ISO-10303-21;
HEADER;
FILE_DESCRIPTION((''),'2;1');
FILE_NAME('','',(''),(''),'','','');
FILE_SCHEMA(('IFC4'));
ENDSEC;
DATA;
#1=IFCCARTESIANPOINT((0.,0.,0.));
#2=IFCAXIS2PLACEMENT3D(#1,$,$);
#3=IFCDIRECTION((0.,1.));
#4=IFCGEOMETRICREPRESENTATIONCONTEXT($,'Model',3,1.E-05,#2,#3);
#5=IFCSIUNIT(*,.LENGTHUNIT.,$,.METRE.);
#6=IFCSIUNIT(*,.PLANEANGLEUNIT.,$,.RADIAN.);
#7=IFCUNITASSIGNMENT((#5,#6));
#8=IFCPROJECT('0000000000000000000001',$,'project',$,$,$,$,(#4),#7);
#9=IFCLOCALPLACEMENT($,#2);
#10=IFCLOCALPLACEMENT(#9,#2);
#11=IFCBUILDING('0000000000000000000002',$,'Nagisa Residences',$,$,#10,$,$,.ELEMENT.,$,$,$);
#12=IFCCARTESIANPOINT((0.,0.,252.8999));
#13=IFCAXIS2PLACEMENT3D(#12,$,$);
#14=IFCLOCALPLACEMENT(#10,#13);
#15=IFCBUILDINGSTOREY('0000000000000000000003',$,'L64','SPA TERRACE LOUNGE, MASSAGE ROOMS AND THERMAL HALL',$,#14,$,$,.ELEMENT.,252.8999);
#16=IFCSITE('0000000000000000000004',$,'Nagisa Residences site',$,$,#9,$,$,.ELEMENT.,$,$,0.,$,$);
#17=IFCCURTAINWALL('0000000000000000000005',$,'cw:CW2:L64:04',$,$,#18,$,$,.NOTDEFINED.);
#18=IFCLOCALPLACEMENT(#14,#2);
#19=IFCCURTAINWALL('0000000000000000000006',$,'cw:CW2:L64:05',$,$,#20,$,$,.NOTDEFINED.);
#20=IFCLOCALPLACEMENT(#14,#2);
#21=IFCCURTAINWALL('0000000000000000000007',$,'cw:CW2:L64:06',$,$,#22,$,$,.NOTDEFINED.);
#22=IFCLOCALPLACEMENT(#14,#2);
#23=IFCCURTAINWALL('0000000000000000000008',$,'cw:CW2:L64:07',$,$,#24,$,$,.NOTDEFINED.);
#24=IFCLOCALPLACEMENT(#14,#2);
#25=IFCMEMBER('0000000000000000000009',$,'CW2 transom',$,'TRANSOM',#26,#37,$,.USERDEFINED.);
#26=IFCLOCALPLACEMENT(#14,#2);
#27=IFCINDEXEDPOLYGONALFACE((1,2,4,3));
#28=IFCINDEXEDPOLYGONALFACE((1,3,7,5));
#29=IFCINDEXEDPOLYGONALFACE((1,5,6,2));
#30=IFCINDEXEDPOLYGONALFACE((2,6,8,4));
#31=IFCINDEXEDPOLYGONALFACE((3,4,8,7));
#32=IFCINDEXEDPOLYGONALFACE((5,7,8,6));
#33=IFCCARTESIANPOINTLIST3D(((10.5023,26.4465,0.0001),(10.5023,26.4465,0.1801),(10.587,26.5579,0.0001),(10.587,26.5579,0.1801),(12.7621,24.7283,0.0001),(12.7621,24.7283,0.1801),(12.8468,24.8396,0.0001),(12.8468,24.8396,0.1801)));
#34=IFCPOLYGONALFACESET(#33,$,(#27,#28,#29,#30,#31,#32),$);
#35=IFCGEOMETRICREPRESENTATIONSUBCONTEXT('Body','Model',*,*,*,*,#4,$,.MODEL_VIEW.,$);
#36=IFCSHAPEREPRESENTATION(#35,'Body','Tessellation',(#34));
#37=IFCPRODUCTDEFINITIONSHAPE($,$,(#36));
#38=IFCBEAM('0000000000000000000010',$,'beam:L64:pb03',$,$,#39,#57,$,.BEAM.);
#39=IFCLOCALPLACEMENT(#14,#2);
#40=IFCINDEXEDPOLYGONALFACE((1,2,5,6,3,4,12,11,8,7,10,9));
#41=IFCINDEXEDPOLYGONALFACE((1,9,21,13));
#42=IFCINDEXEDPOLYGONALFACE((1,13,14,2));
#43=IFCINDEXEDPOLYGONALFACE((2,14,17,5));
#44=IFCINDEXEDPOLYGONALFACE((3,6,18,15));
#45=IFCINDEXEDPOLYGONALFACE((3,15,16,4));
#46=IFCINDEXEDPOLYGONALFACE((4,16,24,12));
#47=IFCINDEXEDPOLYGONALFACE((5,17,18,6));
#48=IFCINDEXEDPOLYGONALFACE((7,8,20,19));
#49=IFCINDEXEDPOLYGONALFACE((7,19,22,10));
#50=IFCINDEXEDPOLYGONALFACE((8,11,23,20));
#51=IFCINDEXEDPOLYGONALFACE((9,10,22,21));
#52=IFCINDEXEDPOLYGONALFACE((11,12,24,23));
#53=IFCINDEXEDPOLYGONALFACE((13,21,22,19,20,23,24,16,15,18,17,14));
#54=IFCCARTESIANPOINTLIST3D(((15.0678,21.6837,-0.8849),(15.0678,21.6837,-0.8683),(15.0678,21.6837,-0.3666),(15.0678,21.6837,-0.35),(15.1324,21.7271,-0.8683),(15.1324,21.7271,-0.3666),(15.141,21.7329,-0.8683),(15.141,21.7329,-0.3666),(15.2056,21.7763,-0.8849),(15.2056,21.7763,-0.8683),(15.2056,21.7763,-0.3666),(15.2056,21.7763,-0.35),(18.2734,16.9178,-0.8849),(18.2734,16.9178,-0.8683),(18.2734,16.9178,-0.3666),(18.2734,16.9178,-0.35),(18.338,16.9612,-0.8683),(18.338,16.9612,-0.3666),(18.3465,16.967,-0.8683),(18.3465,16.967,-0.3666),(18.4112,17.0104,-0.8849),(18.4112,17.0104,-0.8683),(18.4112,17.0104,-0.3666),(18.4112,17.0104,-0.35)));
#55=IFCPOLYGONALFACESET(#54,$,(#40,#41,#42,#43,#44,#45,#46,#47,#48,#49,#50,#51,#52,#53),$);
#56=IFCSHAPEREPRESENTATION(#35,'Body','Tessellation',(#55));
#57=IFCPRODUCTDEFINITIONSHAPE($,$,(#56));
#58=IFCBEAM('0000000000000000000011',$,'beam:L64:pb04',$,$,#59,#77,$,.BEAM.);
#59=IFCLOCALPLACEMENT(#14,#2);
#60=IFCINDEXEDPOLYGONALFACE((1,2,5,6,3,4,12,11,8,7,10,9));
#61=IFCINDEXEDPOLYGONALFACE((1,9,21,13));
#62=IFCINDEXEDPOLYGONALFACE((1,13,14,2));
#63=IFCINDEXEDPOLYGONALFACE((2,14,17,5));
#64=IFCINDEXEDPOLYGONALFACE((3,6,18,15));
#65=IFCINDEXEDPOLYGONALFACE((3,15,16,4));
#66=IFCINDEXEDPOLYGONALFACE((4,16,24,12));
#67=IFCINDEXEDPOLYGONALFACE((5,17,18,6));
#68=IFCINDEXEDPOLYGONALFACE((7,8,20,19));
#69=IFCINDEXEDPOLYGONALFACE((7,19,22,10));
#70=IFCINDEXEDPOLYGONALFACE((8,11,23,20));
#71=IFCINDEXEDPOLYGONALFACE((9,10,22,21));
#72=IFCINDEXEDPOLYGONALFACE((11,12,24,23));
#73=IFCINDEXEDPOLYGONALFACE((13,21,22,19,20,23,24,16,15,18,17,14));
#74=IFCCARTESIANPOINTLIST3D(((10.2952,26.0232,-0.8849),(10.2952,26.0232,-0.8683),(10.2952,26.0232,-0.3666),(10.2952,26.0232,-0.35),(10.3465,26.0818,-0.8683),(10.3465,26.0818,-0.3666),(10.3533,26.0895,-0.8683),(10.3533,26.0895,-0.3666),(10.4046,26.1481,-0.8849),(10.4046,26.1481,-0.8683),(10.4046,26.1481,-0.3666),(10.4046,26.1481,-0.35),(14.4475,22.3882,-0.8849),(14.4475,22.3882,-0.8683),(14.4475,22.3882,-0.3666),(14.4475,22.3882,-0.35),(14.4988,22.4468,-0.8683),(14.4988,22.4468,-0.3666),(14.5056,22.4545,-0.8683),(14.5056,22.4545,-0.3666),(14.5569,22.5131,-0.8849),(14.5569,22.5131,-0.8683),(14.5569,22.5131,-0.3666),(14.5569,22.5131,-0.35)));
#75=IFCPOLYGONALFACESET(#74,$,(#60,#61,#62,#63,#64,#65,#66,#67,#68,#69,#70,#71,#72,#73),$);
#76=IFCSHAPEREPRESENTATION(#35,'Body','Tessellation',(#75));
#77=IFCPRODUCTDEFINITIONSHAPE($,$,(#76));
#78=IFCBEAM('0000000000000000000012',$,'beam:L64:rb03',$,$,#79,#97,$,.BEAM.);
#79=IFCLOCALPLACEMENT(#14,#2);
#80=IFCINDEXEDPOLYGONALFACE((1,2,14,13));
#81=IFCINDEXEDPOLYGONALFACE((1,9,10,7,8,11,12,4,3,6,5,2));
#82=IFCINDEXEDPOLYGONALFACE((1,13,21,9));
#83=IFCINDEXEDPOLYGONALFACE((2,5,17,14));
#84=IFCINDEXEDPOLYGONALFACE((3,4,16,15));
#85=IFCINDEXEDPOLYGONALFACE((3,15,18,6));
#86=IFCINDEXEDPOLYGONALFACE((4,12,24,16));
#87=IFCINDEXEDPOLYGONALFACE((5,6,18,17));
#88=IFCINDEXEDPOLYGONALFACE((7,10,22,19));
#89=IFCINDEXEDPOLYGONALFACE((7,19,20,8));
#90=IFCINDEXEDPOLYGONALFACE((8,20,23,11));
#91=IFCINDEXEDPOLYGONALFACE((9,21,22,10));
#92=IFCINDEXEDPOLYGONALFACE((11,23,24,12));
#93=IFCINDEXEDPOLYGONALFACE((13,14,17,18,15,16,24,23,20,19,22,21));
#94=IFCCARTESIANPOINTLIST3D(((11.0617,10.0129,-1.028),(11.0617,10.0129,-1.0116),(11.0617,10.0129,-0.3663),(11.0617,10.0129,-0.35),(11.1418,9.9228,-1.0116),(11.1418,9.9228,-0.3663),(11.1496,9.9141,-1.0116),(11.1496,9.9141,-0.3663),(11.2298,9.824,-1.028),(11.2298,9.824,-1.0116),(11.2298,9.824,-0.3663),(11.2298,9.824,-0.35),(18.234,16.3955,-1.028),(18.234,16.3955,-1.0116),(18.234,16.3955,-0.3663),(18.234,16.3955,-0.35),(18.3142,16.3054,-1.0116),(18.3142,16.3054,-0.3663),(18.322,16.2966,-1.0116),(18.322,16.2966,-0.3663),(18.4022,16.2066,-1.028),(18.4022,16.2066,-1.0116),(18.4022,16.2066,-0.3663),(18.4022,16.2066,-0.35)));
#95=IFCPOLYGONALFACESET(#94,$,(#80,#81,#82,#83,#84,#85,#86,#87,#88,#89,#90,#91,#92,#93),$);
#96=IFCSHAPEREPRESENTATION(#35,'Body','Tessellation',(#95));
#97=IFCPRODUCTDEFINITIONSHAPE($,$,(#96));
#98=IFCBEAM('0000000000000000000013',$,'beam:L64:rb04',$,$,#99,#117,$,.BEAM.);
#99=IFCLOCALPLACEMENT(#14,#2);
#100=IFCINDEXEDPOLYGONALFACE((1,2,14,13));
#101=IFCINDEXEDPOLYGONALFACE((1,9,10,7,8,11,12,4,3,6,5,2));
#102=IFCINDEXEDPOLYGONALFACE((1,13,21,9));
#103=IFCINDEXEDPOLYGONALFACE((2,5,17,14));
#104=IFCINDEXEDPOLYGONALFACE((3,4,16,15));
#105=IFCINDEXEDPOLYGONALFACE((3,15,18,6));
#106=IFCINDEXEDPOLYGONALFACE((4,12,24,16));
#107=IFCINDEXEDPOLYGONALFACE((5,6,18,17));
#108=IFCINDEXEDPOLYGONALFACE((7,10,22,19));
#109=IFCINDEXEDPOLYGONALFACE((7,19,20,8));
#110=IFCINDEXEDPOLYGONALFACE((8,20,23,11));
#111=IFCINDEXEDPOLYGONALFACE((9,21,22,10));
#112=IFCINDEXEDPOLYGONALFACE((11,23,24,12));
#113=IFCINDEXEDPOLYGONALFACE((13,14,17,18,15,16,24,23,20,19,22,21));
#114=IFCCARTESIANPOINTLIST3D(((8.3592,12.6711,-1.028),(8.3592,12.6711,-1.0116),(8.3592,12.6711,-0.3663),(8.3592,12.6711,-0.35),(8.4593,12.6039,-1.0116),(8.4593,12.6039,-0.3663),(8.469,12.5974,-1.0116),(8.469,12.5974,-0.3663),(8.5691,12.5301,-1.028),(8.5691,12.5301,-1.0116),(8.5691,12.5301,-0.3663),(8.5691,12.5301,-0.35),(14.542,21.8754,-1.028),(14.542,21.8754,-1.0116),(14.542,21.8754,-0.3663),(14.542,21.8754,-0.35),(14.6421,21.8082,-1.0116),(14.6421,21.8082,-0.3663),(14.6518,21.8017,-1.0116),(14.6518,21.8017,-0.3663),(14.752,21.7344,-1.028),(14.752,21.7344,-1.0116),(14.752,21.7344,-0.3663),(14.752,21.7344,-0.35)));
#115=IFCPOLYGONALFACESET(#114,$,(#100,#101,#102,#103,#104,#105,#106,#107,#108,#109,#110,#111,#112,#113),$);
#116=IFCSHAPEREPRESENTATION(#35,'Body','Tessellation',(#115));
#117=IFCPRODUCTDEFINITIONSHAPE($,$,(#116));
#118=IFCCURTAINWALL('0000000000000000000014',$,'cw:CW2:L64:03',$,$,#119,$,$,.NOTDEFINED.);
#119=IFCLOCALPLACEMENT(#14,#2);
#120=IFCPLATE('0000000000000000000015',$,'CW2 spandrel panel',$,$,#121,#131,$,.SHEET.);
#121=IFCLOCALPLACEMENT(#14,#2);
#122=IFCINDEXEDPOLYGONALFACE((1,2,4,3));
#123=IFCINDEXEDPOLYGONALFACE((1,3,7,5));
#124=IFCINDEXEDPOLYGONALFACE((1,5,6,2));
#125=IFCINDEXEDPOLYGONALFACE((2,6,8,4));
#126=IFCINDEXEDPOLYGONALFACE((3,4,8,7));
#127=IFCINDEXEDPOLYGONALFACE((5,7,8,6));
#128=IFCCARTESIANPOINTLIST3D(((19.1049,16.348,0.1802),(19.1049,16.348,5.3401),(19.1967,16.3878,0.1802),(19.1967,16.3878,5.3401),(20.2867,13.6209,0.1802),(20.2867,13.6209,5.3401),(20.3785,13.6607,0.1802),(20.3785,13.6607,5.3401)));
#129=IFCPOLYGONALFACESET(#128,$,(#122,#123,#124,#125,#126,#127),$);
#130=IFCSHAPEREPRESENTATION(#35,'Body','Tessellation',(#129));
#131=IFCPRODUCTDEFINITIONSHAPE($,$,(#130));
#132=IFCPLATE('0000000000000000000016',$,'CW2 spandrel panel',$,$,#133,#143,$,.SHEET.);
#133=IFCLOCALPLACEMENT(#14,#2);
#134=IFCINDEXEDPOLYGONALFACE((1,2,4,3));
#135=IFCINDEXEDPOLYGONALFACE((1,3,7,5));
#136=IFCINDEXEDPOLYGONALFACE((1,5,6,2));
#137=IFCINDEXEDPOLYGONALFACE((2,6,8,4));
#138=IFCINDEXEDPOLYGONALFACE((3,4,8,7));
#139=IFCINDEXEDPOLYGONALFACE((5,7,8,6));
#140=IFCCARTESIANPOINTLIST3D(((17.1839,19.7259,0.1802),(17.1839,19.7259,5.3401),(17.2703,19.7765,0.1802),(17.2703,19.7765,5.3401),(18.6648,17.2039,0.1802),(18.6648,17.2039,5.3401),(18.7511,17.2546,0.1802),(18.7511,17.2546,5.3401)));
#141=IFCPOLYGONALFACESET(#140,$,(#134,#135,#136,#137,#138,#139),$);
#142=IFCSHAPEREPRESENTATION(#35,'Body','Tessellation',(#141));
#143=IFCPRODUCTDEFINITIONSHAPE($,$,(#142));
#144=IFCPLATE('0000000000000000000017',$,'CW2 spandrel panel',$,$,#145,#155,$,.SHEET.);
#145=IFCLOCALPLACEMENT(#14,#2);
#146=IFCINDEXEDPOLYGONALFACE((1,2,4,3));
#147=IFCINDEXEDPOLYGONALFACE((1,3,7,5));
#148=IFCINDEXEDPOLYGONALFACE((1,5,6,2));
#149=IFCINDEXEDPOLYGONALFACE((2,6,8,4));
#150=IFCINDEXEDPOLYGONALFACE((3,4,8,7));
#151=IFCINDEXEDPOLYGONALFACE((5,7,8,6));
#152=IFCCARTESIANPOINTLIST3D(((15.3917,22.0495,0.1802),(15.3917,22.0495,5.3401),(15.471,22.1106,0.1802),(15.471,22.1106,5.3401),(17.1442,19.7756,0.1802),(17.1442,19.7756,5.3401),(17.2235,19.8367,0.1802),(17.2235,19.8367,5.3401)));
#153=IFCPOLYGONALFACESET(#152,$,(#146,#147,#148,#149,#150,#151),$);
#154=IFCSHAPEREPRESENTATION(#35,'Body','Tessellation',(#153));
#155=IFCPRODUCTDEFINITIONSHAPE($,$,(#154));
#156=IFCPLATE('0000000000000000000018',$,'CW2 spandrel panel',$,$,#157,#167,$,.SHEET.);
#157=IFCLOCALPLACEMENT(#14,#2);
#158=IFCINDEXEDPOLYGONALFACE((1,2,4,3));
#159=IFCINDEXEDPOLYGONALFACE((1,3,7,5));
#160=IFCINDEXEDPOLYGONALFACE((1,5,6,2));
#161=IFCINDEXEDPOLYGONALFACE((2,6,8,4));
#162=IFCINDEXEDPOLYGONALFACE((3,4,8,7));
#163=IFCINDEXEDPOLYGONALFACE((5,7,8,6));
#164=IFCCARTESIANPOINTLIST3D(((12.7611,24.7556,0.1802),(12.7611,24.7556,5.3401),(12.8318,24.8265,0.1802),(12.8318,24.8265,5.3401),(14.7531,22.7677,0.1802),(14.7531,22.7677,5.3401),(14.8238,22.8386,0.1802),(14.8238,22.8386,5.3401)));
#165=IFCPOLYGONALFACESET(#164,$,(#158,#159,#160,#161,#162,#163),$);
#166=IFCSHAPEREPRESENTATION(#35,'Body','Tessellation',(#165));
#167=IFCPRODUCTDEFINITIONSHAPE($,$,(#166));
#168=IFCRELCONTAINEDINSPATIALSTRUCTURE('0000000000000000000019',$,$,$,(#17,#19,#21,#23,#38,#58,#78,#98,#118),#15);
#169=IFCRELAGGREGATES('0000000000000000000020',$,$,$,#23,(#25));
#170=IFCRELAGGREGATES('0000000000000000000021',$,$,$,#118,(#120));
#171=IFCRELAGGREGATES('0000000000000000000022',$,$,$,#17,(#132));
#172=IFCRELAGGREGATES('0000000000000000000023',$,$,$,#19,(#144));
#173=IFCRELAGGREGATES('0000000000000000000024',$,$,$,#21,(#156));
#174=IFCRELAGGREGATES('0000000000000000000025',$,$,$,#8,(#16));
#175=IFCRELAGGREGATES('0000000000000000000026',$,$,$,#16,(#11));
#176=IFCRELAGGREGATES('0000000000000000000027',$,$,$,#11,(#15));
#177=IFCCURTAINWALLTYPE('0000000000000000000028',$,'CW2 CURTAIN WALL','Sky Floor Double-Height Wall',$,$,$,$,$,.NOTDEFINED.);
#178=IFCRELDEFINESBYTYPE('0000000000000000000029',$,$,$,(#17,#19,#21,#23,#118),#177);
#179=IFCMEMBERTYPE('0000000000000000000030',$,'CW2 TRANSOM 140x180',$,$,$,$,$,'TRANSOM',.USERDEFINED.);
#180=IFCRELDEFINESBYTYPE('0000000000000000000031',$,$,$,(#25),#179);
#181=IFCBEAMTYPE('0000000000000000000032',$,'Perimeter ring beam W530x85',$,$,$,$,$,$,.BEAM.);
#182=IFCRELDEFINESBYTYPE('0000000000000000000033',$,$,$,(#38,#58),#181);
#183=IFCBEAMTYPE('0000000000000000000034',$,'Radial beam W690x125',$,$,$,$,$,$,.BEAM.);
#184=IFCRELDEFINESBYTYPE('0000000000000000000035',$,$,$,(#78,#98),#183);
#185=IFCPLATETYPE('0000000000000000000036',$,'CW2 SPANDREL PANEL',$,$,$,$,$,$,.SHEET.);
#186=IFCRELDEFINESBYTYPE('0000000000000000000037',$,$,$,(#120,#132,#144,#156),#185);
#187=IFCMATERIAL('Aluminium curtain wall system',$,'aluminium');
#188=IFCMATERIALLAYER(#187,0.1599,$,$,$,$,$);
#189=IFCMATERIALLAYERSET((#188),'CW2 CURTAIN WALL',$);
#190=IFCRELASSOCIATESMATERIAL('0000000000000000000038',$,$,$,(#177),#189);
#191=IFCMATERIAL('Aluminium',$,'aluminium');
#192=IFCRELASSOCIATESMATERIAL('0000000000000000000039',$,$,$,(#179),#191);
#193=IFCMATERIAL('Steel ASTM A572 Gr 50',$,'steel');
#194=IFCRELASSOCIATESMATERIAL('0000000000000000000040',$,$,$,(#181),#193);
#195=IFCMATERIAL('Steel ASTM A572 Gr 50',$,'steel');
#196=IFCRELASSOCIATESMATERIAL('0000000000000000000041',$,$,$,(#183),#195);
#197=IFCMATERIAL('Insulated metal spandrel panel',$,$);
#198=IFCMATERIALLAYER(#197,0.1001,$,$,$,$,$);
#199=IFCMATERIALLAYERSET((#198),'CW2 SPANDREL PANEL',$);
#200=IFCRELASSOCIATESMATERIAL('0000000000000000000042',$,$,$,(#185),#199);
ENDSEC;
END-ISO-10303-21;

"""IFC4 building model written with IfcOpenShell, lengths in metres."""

from ifc_helpers import new_model, si_unit, direction, frame, origin, origin_2d, place, context, subcontext, project, spatial, rectangle, i_section, extrude, material, layer, layer_set, material_profile, profile_set, type_object, element, aggregate, save


model = new_model("IFC4")

# Units and contexts
model_context = context("Model", 3, precision=1e-05, world=origin(), true_north=direction((0.0, 1.0)))
body_context = subcontext(model_context, "Body", "Model", "MODEL_VIEW")
ifc_project = project(units=[si_unit("LENGTHUNIT", "METRE"), si_unit("PLANEANGLEUNIT", "RADIAN")], contexts=[model_context])

# Site, building, storey
site_placement = place(None, origin())
site = spatial("IfcSite", under=ifc_project, at=site_placement, Name="Nagisa Residences site", CompositionType="ELEMENT", RefElevation=0.0)
building_placement = place(site_placement, origin())
building = spatial("IfcBuilding", under=site, at=building_placement, Name="Nagisa Residences", CompositionType="ELEMENT")
storey_placement = place(building_placement, frame((0.0, 0.0, 252.8999)))
storey = spatial("IfcBuildingStorey", under=building, at=storey_placement, Name="L64", Description="SPA TERRACE LOUNGE, MASSAGE ROOMS AND THERMAL HALL", CompositionType="ELEMENT", Elevation=252.8999)

# Curtain walls
ifc_material_1 = material(Name="Aluminium curtain wall system", Category="aluminium")
ifc_layer_1 = layer(ifc_material_1, 0.1599)
ifc_layer_set_1 = layer_set([ifc_layer_1], Name="CW2 CURTAIN WALL")
curtain_wall_type = type_object("IfcCurtainWallType", Name="CW2 CURTAIN WALL", Description="Sky Floor Double-Height Wall", PredefinedType="NOTDEFINED", material=ifc_layer_set_1)
curtain_wall_1_placement = place(storey_placement, origin())
curtain_wall_1 = element("IfcCurtainWall", 1, at=curtain_wall_1_placement, inside=storey, type_object=curtain_wall_type, Name="cw:CW2:L64:04", PredefinedType="NOTDEFINED")
curtain_wall_2_placement = place(storey_placement, origin())
curtain_wall_2 = element("IfcCurtainWall", 2, at=curtain_wall_2_placement, inside=storey, type_object=curtain_wall_type, Name="cw:CW2:L64:05", PredefinedType="NOTDEFINED")
curtain_wall_3_placement = place(storey_placement, origin())
curtain_wall_3 = element("IfcCurtainWall", 3, at=curtain_wall_3_placement, inside=storey, type_object=curtain_wall_type, Name="cw:CW2:L64:06", PredefinedType="NOTDEFINED")

# Shared definitions
ifc_material_2 = material(Name="Aluminium", Category="aluminium")
ifc_material_profile_1 = material_profile(ifc_material_2, rectangle(XDim=0.1399, YDim=0.1799, at=origin_2d()), Name="CW2 TRANSOM 140x180")
ifc_profile_set_1 = profile_set([ifc_material_profile_1], Name="Aluminium")
member_type_1 = type_object("IfcMemberType", Name="CW2 TRANSOM 140x180", ElementType="TRANSOM", PredefinedType="USERDEFINED", material=ifc_profile_set_1)

# Curtain wall, member
curtain_wall_4_placement = place(storey_placement, origin())
curtain_wall_4 = element("IfcCurtainWall", 4, at=curtain_wall_4_placement, inside=storey, type_object=curtain_wall_type, Name="cw:CW2:L64:07", PredefinedType="NOTDEFINED")
member_1_placement = place(storey_placement, frame((12.8044, 24.7839, 0.0901), z_axis=(-0.79602, 0.605271, 0.0), x_axis=(-0.605271, -0.79602, 0.0)))
member_1 = element("IfcMember", 5, at=member_1_placement, type_object=member_type_1, Name="CW2 transom", ObjectType="TRANSOM", PredefinedType="USERDEFINED", context=body_context, shape_type="SweptSolid", body=[
    extrude(rectangle(XDim=0.1399, YDim=0.1799, at=origin_2d()), origin(), (0.0, 0.0, 1.0), 2.8389),
])
aggregate(curtain_wall_4, [member_1])

# Beams
ifc_material_3 = material(Name="Steel ASTM A572 Gr 50", Category="steel")
ifc_material_profile_2 = material_profile(ifc_material_3, i_section(OverallWidth=0.166, OverallDepth=0.5349, WebThickness=0.0103, FlangeThickness=0.0166, at=origin_2d()), Name="W530x85")
ifc_profile_set_2 = profile_set([ifc_material_profile_2], Name="Steel ASTM A572 Gr 50")
beam_type_1 = type_object("IfcBeamType", Name="Perimeter ring beam W530x85", PredefinedType="BEAM", material=ifc_profile_set_2)
beam_1_placement = place(storey_placement, frame((18.3423, 16.9641, -0.6174), z_axis=(-0.558109, 0.829768, 0.0), x_axis=(-0.829768, -0.558109, 0.0)))
element("IfcBeam", 6, at=beam_1_placement, inside=storey, type_object=beam_type_1, Name="beam:L64:pb03", PredefinedType="BEAM", context=body_context, shape_type="SweptSolid", body=[
    extrude(i_section(OverallWidth=0.166, OverallDepth=0.5349, WebThickness=0.0103, FlangeThickness=0.0166, at=origin_2d()), origin(), (0.0, 0.0, 1.0), 5.7437),
])
beam_2_placement = place(storey_placement, frame((14.5022, 22.4507, -0.6174), z_axis=(-0.752423, 0.65868, 0.0), x_axis=(-0.65868, -0.752423, 0.0)))
element("IfcBeam", 7, at=beam_2_placement, inside=storey, type_object=beam_type_1, Name="beam:L64:pb04", PredefinedType="BEAM", context=body_context, shape_type="SweptSolid", body=[
    extrude(i_section(OverallWidth=0.166, OverallDepth=0.5349, WebThickness=0.0103, FlangeThickness=0.0166, at=origin_2d()), origin(), (0.0, 0.0, 1.0), 5.5186),
])
ifc_material_4 = material(Name="Steel ASTM A572 Gr 50", Category="steel")
ifc_material_profile_3 = material_profile(ifc_material_4, i_section(OverallWidth=0.2529, OverallDepth=0.678, WebThickness=0.0117, FlangeThickness=0.0164, at=origin_2d()), Name="W690x125")
ifc_profile_set_3 = profile_set([ifc_material_profile_3], Name="Steel ASTM A572 Gr 50")
beam_type_2 = type_object("IfcBeamType", Name="Radial beam W690x125", PredefinedType="BEAM", material=ifc_profile_set_3)
beam_3_placement = place(storey_placement, frame((18.3181, 16.301, -0.689), z_axis=(-0.74704, -0.664779, 0.0), x_axis=(0.664779, -0.74704, 0.0)))
element("IfcBeam", 8, at=beam_3_placement, inside=storey, type_object=beam_type_2, Name="beam:L64:rb03", PredefinedType="BEAM", context=body_context, shape_type="SweptSolid", body=[
    extrude(i_section(OverallWidth=0.2529, OverallDepth=0.678, WebThickness=0.0117, FlangeThickness=0.0164, at=origin_2d()), origin(), (0.0, 0.0, 1.0), 9.6011),
])
beam_4_placement = place(storey_placement, frame((14.647, 21.8049, -0.689), z_axis=(-0.557608, -0.830104, 0.0), x_axis=(0.830104, -0.557608, 0.0)))
element("IfcBeam", 9, at=beam_4_placement, inside=storey, type_object=beam_type_2, Name="beam:L64:rb04", PredefinedType="BEAM", context=body_context, shape_type="SweptSolid", body=[
    extrude(i_section(OverallWidth=0.2529, OverallDepth=0.678, WebThickness=0.0117, FlangeThickness=0.0164, at=origin_2d()), origin(), (0.0, 0.0, 1.0), 11.0881),
])

# Curtain wall, plate
curtain_wall_5_placement = place(storey_placement, origin())
curtain_wall_5 = element("IfcCurtainWall", 10, at=curtain_wall_5_placement, inside=storey, type_object=curtain_wall_type, Name="cw:CW2:L64:03", PredefinedType="NOTDEFINED")
ifc_material_5 = material(Name="Insulated metal spandrel panel")
ifc_layer_2 = layer(ifc_material_5, 0.1001)
ifc_layer_set_2 = layer_set([ifc_layer_2], Name="CW2 SPANDREL PANEL")
plate_type = type_object("IfcPlateType", Name="CW2 SPANDREL PANEL", PredefinedType="SHEET", material=ifc_layer_set_2)
plate_1_placement = place(storey_placement, frame((19.7417, 15.0044, 0.1802), z_axis=(0.0, 0.0, 1.0), x_axis=(-0.397636, 0.917543, 0.0)))
plate_1 = element("IfcPlate", 11, at=plate_1_placement, type_object=plate_type, Name="CW2 spandrel panel", PredefinedType="SHEET", context=body_context, shape_type="SweptSolid", body=[
    extrude(rectangle(XDim=2.9722, YDim=0.1001, at=origin_2d()), origin(), (0.0, 0.0, 1.0), 5.1599),
])
aggregate(curtain_wall_5, [plate_1])

# Plates
plate_2_placement = place(storey_placement, frame((17.9675, 18.4902, 0.1802), z_axis=(0.0, 0.0, 1.0), x_axis=(-0.506349, 0.862329, 0.0)))
plate_2 = element("IfcPlate", 12, at=plate_2_placement, type_object=plate_type, Name="CW2 spandrel panel", PredefinedType="SHEET", context=body_context, shape_type="SweptSolid", body=[
    extrude(rectangle(XDim=2.9246, YDim=0.1001, at=origin_2d()), origin(), (0.0, 0.0, 1.0), 5.1599),
])
aggregate(curtain_wall_1, [plate_2])
plate_3_placement = place(storey_placement, frame((16.3076, 20.9431, 0.1802), z_axis=(0.0, 0.0, 1.0), x_axis=(-0.61043, 0.79207, 0.0)))
plate_3 = element("IfcPlate", 13, at=plate_3_placement, type_object=plate_type, Name="CW2 spandrel panel", PredefinedType="SHEET", context=body_context, shape_type="SweptSolid", body=[
    extrude(rectangle(XDim=2.8708, YDim=0.1001, at=origin_2d()), origin(), (0.0, 0.0, 1.0), 5.1599),
])
aggregate(curtain_wall_2, [plate_3])
plate_4_placement = place(storey_placement, frame((13.7925, 23.7971, 0.1802), z_axis=(0.0, 0.0, 1.0), x_axis=(-0.707836, 0.706377, 0.0)))
plate_4 = element("IfcPlate", 14, at=plate_4_placement, type_object=plate_type, Name="CW2 spandrel panel", PredefinedType="SHEET", context=body_context, shape_type="SweptSolid", body=[
    extrude(rectangle(XDim=2.8142, YDim=0.1001, at=origin_2d()), origin(), (0.0, 0.0, 1.0), 5.1599),
])
aggregate(curtain_wall_3, [plate_4])

save(model, "model.ifc")
